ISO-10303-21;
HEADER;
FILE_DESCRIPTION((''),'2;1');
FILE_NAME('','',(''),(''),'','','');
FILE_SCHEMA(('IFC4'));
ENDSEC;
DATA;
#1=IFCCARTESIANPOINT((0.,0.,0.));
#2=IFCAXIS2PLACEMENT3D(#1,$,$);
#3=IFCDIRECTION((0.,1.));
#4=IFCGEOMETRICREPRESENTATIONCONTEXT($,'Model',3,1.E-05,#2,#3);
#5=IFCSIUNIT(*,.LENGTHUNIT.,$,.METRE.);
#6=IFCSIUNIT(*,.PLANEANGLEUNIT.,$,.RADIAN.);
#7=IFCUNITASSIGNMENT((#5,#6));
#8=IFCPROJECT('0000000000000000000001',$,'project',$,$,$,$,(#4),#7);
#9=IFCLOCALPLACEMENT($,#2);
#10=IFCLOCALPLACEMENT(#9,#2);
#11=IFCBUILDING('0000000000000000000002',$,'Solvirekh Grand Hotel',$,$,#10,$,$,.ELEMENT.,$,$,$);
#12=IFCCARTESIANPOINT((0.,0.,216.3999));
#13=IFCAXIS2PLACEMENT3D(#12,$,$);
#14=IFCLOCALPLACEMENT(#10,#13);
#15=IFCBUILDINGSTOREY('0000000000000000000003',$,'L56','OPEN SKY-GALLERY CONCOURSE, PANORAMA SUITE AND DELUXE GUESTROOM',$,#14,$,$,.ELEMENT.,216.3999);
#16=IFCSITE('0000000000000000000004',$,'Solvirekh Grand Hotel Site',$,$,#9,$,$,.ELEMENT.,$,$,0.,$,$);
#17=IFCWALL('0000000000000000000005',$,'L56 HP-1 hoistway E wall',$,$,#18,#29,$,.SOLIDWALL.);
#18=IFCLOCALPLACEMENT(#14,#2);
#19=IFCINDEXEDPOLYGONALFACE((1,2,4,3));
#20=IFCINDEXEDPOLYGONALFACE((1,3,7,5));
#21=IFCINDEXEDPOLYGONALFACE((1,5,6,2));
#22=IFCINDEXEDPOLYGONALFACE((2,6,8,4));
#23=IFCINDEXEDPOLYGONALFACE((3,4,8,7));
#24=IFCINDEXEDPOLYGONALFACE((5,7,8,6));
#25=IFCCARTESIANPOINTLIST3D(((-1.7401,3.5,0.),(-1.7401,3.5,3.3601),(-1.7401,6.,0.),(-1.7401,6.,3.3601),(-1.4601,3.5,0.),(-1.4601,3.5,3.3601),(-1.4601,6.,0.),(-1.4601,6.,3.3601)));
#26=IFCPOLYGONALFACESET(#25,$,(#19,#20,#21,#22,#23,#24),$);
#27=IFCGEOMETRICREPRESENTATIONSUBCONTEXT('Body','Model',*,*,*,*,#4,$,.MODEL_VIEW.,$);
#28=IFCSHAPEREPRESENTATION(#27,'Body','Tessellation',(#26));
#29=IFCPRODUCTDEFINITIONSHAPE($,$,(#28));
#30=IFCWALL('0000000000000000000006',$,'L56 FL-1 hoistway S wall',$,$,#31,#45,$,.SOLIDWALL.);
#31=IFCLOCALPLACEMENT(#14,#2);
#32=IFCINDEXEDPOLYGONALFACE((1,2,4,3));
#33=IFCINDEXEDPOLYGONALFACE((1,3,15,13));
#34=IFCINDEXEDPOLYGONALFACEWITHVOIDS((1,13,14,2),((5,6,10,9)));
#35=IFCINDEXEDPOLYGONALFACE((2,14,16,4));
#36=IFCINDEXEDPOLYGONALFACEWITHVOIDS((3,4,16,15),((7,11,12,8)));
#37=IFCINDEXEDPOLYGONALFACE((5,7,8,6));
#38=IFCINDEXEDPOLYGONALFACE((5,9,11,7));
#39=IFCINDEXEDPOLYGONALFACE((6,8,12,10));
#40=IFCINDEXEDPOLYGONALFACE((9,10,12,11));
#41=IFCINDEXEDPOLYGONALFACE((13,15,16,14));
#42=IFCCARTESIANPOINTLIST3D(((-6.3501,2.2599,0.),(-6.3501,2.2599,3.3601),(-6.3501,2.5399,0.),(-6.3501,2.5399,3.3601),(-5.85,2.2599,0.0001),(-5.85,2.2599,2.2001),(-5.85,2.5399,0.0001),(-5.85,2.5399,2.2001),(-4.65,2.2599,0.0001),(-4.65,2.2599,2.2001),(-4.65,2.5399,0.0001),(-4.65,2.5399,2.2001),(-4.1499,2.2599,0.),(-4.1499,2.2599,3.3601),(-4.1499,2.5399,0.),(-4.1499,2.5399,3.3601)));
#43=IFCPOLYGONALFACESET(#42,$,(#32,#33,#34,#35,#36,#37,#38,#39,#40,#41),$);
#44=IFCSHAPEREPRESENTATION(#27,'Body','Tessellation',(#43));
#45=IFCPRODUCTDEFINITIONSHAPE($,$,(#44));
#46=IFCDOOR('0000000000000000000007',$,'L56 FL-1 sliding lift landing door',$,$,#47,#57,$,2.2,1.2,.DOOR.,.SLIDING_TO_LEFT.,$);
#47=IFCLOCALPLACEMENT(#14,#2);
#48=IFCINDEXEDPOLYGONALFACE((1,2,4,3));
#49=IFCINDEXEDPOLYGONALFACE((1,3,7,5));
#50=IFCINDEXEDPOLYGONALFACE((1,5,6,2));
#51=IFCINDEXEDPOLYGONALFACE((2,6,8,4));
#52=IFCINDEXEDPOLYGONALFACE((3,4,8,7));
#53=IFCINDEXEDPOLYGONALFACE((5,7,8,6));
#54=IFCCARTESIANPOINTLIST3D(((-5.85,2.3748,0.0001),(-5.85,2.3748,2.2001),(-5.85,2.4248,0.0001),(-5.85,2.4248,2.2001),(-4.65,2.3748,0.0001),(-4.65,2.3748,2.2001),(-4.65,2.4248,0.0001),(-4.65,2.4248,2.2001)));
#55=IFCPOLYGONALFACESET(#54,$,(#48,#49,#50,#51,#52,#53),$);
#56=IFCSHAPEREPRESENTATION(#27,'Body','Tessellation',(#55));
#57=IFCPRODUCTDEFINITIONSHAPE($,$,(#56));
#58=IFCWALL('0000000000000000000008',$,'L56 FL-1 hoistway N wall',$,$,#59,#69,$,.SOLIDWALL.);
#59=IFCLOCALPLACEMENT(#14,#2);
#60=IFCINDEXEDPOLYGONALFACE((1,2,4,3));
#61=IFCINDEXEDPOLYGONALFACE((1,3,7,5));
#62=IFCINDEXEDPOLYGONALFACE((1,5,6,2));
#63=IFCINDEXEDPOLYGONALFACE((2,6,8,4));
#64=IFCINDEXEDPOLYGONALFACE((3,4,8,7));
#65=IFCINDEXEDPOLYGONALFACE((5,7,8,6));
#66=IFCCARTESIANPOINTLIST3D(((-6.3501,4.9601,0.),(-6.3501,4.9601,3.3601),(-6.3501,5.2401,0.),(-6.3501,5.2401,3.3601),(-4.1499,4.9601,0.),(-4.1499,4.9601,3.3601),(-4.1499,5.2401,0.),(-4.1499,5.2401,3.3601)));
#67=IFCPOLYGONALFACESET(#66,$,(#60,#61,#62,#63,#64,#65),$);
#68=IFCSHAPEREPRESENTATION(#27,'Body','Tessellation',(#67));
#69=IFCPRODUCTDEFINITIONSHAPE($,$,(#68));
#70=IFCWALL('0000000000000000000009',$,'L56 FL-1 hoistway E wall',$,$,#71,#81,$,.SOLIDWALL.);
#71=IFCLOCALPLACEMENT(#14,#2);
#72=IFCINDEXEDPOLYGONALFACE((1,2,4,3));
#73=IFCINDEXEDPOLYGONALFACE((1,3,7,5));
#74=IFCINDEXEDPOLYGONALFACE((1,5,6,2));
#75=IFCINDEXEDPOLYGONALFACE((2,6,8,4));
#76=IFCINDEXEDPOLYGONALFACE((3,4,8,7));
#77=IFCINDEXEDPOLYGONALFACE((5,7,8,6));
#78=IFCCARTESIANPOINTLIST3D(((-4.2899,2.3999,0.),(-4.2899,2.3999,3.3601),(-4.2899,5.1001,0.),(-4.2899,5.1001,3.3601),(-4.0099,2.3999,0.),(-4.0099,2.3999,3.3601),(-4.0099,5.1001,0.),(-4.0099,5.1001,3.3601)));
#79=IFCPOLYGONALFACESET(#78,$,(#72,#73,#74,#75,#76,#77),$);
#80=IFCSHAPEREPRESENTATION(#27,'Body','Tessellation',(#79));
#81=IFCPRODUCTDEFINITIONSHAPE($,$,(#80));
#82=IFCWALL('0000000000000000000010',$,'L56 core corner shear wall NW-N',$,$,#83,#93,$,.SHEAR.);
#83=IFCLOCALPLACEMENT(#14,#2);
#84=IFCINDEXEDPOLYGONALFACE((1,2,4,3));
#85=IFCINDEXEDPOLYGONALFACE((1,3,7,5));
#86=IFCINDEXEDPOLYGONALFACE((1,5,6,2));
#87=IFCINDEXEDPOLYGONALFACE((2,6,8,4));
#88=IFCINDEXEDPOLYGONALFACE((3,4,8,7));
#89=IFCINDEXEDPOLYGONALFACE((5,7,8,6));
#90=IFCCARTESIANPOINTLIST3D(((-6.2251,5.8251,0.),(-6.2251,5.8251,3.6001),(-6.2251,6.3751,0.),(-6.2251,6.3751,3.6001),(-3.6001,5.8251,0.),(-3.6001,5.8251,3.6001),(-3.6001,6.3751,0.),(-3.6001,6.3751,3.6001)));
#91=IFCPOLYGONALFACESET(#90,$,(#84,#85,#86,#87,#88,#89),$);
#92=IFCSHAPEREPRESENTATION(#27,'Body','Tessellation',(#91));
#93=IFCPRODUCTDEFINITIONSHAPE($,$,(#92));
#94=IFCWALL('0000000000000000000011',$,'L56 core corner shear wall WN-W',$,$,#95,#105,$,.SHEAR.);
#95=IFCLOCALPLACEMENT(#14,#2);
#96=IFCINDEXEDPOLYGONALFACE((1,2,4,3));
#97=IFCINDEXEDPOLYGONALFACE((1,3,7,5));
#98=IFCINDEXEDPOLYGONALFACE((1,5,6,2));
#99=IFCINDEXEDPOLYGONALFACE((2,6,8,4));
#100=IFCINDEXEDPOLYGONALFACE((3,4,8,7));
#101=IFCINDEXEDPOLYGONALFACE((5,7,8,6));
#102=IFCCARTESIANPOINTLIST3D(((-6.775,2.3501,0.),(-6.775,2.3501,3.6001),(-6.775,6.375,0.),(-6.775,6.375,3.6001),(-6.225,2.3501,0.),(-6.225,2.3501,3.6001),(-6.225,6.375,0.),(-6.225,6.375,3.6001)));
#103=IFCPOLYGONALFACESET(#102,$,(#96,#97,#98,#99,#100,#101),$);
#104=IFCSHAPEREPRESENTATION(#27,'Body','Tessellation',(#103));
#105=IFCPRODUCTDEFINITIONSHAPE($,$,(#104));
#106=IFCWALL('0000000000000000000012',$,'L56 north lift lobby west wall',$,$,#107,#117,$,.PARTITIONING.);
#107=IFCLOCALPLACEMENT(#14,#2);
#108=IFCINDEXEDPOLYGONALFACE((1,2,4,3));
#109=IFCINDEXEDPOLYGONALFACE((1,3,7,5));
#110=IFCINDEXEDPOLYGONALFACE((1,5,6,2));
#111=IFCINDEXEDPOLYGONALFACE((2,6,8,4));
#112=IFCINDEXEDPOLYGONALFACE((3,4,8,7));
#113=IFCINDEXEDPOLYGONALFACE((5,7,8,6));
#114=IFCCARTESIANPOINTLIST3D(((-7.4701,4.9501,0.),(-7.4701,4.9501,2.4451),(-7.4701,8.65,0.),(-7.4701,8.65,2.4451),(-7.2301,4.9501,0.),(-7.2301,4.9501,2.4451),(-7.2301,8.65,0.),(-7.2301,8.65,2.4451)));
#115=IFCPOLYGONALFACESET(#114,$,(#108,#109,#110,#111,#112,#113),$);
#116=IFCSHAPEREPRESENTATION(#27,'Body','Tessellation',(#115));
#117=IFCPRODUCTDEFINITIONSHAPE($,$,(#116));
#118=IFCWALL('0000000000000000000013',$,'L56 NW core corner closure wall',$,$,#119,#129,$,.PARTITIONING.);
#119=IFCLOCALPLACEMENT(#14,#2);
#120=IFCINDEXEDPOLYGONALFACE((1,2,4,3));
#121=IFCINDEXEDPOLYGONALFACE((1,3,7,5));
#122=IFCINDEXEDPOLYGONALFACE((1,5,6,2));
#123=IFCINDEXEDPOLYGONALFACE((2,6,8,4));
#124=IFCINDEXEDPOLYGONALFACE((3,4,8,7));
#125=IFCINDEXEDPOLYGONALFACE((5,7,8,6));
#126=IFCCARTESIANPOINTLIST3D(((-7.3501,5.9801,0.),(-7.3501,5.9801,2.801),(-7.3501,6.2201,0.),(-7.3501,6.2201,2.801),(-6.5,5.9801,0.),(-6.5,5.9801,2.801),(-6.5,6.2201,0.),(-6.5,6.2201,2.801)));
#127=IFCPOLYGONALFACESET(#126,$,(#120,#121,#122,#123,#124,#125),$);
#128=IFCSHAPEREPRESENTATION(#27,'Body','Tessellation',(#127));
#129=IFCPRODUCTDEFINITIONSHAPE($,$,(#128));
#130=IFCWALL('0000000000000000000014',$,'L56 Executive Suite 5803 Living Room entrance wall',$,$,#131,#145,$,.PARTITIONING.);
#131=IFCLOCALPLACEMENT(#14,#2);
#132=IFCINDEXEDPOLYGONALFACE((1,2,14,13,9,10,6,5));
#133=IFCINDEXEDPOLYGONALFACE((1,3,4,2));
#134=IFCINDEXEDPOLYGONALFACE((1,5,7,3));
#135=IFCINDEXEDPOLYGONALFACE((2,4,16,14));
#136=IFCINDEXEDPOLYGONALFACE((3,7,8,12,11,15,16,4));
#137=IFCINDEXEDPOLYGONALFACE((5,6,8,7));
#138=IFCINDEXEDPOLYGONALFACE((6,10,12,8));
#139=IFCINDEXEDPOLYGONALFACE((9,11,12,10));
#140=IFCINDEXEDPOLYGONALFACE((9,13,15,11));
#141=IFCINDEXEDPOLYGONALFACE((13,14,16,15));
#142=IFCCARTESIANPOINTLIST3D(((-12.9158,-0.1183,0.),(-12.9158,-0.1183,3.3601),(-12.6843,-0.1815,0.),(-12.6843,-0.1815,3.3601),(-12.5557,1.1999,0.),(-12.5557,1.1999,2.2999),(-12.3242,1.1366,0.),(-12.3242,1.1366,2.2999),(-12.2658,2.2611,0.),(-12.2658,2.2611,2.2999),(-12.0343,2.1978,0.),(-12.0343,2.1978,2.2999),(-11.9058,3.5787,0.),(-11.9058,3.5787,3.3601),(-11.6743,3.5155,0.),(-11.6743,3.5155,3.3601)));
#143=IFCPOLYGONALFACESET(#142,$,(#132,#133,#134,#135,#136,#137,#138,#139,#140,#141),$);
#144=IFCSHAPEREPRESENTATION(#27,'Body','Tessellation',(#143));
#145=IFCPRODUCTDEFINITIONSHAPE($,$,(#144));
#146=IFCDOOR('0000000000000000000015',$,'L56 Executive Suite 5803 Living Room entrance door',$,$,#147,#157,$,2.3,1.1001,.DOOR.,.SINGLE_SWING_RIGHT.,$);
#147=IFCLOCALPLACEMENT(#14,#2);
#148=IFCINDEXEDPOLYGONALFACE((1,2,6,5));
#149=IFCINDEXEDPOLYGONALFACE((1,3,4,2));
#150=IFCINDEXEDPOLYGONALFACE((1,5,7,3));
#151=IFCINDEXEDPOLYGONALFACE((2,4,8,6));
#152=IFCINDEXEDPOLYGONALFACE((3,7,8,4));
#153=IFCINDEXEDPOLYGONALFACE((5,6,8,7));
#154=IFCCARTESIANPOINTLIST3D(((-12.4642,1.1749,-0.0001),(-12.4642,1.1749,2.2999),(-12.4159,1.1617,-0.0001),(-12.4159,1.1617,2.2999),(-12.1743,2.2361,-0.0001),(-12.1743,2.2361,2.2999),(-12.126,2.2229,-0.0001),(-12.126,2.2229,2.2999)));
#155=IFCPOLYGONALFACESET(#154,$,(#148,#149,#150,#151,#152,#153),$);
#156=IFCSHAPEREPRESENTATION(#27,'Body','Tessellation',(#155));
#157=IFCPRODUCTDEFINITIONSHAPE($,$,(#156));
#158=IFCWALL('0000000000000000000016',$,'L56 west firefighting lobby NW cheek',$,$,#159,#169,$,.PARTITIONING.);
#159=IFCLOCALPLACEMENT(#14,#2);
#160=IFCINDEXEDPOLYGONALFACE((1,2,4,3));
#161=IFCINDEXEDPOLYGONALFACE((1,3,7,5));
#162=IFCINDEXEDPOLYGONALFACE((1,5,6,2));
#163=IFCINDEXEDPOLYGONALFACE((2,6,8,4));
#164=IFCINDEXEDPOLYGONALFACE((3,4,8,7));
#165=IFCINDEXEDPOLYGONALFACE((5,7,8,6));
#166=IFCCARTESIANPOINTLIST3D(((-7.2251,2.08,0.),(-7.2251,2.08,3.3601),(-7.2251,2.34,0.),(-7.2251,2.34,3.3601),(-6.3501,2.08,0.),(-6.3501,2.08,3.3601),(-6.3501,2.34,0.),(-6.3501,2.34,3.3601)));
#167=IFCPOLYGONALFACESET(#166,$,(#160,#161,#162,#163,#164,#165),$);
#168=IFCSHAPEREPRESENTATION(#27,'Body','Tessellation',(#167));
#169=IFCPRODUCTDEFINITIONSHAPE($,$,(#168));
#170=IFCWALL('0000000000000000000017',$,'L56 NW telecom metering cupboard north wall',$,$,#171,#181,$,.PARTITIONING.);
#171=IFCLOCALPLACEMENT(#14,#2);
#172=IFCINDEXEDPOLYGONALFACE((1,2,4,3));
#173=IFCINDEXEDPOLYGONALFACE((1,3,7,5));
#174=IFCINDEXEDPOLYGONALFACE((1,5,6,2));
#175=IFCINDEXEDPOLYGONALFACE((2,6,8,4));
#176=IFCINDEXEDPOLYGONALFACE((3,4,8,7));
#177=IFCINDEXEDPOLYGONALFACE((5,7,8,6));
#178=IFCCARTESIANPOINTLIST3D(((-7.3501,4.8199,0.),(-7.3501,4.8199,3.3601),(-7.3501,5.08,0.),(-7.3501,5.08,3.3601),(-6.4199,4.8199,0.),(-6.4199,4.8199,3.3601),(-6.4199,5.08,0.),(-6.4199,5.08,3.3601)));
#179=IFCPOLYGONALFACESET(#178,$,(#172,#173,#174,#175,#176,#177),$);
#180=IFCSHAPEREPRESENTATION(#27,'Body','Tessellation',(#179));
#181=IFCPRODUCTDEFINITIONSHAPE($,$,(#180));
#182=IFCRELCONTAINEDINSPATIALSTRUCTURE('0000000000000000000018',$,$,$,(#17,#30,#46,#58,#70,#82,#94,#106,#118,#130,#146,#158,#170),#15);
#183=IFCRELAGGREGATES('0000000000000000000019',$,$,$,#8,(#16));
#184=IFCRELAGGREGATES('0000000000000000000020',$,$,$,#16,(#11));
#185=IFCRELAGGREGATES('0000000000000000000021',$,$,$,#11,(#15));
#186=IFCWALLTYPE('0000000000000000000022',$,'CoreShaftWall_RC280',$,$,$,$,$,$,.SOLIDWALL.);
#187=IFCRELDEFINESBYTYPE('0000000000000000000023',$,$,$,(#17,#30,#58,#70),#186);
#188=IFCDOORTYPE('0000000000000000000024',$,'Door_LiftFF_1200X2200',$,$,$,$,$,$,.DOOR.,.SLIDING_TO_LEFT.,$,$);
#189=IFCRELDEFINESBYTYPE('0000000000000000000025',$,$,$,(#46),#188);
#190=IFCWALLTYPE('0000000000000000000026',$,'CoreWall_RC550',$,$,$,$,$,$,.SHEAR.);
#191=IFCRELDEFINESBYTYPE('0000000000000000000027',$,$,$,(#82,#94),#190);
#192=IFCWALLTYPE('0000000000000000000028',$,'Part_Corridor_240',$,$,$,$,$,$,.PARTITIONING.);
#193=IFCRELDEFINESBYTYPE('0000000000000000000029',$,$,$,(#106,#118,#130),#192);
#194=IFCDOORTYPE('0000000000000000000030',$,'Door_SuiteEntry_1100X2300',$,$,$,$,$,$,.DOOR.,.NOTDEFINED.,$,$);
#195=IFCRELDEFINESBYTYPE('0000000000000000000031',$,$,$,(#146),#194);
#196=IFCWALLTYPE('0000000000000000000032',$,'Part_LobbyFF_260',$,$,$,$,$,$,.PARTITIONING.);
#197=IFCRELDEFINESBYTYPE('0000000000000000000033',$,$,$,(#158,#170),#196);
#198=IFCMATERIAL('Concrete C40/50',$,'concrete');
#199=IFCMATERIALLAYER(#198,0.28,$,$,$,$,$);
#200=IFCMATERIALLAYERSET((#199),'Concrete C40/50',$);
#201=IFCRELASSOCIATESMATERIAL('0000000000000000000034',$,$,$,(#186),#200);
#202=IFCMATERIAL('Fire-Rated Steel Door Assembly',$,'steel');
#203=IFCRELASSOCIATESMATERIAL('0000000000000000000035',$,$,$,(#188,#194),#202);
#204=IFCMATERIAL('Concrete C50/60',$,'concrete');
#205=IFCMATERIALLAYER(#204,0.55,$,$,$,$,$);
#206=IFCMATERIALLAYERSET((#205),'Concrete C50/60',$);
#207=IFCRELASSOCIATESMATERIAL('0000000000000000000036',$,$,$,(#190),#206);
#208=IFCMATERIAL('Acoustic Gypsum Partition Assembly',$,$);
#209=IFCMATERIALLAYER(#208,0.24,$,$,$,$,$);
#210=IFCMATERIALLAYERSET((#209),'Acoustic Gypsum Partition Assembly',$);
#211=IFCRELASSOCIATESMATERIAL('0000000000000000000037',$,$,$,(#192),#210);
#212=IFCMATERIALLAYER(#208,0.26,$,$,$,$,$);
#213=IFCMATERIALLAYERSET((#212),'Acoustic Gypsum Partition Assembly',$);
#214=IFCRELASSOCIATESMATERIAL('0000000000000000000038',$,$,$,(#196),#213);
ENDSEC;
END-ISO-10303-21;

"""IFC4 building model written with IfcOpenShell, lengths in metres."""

from ifc_helpers import new_model, si_unit, direction, frame, frame_2d, origin, place, context, subcontext, project, spatial, rectangle, extrude, material, layer, layer_set, type_object, element, fill, save


model = new_model("IFC4")

# Units and contexts
model_context = context("Model", 3, precision=1e-05, world=origin(), true_north=direction((0.0, 1.0)))
body_context = subcontext(model_context, "Body", "Model", "MODEL_VIEW")
ifc_project = project(units=[si_unit("LENGTHUNIT", "METRE"), si_unit("PLANEANGLEUNIT", "RADIAN")], contexts=[model_context])

# Site, building, storey
site_placement = place(None, origin())
site = spatial("IfcSite", under=ifc_project, at=site_placement, Name="Solvirekh Grand Hotel Site", CompositionType="ELEMENT", RefElevation=0.0)
building_placement = place(site_placement, origin())
building = spatial("IfcBuilding", under=site, at=building_placement, Name="Solvirekh Grand Hotel", CompositionType="ELEMENT")
storey_placement = place(building_placement, frame((0.0, 0.0, 216.3999)))
storey = spatial("IfcBuildingStorey", under=building, at=storey_placement, Name="L56", Description="OPEN SKY-GALLERY CONCOURSE, PANORAMA SUITE AND DELUXE GUESTROOM", CompositionType="ELEMENT", Elevation=216.3999)

# Shared definitions
ifc_material_1 = material(Name="Concrete C50/60", Category="concrete")

# Shared definitions
ifc_material_2 = material(Name="Concrete C40/50", Category="concrete")
ifc_layer_1 = layer(ifc_material_2, 0.28)
ifc_layer_set_1 = layer_set([ifc_layer_1], Name="Concrete C40/50")
wall_type_1 = type_object("IfcWallType", Name="CoreShaftWall_RC280", PredefinedType="SOLIDWALL", material=ifc_layer_set_1)
ifc_material_3 = material(Name="Fire-Rated Steel Door Assembly", Category="steel")

# Wall
for number, where, z_axis, x_axis, name in (
    (1, (-1.6001, 3.5, 0.0), (0.0, 0.0, 1.0), (0.0, 1.0, 0.0), "L56 HP-1 hoistway E wall"),
):
    element("IfcWall", number, at=place(storey_placement, frame(where, z_axis=z_axis, x_axis=x_axis)), inside=storey, type_object=wall_type_1, Name=name, PredefinedType="SOLIDWALL", context=body_context, shape_type="SweptSolid", body=[
        extrude(rectangle(XDim=2.5, YDim=0.28, at=frame_2d((1.25, 0.0))), origin(), (0.0, 0.0, 1.0), 3.3601),
    ])

# Wall, opening, door
wall_1_placement = place(storey_placement, frame((-6.3501, 2.3999, 0.0), z_axis=(0.0, 0.0, 1.0), x_axis=(1.0, 0.0, 0.0)))
wall_1 = element("IfcWall", 2, at=wall_1_placement, inside=storey, type_object=wall_type_1, Name="L56 FL-1 hoistway S wall", PredefinedType="SOLIDWALL", context=body_context, shape_type="SweptSolid", body=[
    extrude(rectangle(XDim=2.2002, YDim=0.28, at=frame_2d((1.1001, 0.0))), origin(), (0.0, 0.0, 1.0), 3.3601),
])
opening_1_placement = place(wall_1_placement, frame((0.5, 0.0, 0.0)))
opening_1 = element("IfcOpeningElement", 3, at=opening_1_placement, cuts=wall_1, PredefinedType="OPENING", context=body_context, shape_type="SweptSolid", body=[
    extrude(rectangle(XDim=1.2, YDim=2.2, at=frame_2d((0.6001, 1.1001))), frame((0.0, 0.1499, 0.0), z_axis=(0.0, -1.0, 0.0), x_axis=(1.0, 0.0, 0.0)), (0.0, 0.0, 1.0), 0.3),
])
door_type_1 = type_object("IfcDoorType", Name="Door_LiftFF_1200X2200", OperationType="SLIDING_TO_LEFT", PredefinedType="DOOR", material=ifc_material_3)
door_1_placement = place(opening_1_placement, origin())
door_1 = element("IfcDoor", 4, at=door_1_placement, inside=storey, type_object=door_type_1, Name="L56 FL-1 sliding lift landing door", OperationType="SLIDING_TO_LEFT", OverallHeight=2.2, OverallWidth=1.2, PredefinedType="DOOR", context=body_context, shape_type="SweptSolid", body=[
    extrude(rectangle(XDim=1.2, YDim=2.2, at=frame_2d((0.6001, 1.1001))), frame((0.0, 0.0249, 0.0), z_axis=(0.0, -1.0, 0.0), x_axis=(1.0, 0.0, 0.0)), (0.0, 0.0, 1.0), 0.05),
])
fill(opening_1, door_1)

# Walls
wall_2_placement = place(storey_placement, frame((-4.1499, 5.1001, 0.0), z_axis=(0.0, 0.0, 1.0), x_axis=(-1.0, 0.0, 0.0)))
element("IfcWall", 5, at=wall_2_placement, inside=storey, type_object=wall_type_1, Name="L56 FL-1 hoistway N wall", PredefinedType="SOLIDWALL", context=body_context, shape_type="SweptSolid", body=[
    extrude(rectangle(XDim=2.2002, YDim=0.28, at=frame_2d((1.1001, 0.0))), origin(), (0.0, 0.0, 1.0), 3.3601),
])
wall_3_placement = place(storey_placement, frame((-4.1499, 2.3999, 0.0), z_axis=(0.0, 0.0, 1.0), x_axis=(0.0, 1.0, 0.0)))
element("IfcWall", 6, at=wall_3_placement, inside=storey, type_object=wall_type_1, Name="L56 FL-1 hoistway E wall", PredefinedType="SOLIDWALL", context=body_context, shape_type="SweptSolid", body=[
    extrude(rectangle(XDim=2.7002, YDim=0.28, at=frame_2d((1.3501, 0.0))), origin(), (0.0, 0.0, 1.0), 3.3601),
])
ifc_layer_2 = layer(ifc_material_1, 0.55)
ifc_layer_set_2 = layer_set([ifc_layer_2], Name="Concrete C50/60")
wall_type_2 = type_object("IfcWallType", Name="CoreWall_RC550", PredefinedType="SHEAR", material=ifc_layer_set_2)
wall_4_placement = place(storey_placement, frame((-6.2251, 6.1001, 0.0), z_axis=(0.0, 0.0, 1.0), x_axis=(1.0, 0.0, 0.0)))
element("IfcWall", 7, at=wall_4_placement, inside=storey, type_object=wall_type_2, Name="L56 core corner shear wall NW-N", PredefinedType="SHEAR", context=body_context, shape_type="SweptSolid", body=[
    extrude(rectangle(XDim=2.625, YDim=0.55, at=frame_2d((1.3125, 0.0))), origin(), (0.0, 0.0, 1.0), 3.6001),
])
wall_5_placement = place(storey_placement, frame((-6.5, 2.3501, 0.0), z_axis=(0.0, 0.0, 1.0), x_axis=(0.0, 1.0, 0.0)))
element("IfcWall", 8, at=wall_5_placement, inside=storey, type_object=wall_type_2, Name="L56 core corner shear wall WN-W", PredefinedType="SHEAR", context=body_context, shape_type="SweptSolid", body=[
    extrude(rectangle(XDim=4.0249, YDim=0.55, at=frame_2d((2.0125, 0.0))), origin(), (0.0, 0.0, 1.0), 3.6001),
])
ifc_material_4 = material(Name="Acoustic Gypsum Partition Assembly")
ifc_layer_3 = layer(ifc_material_4, 0.24)
ifc_layer_set_3 = layer_set([ifc_layer_3], Name="Acoustic Gypsum Partition Assembly")
wall_type_3 = type_object("IfcWallType", Name="Part_Corridor_240", PredefinedType="PARTITIONING", material=ifc_layer_set_3)
wall_6_placement = place(storey_placement, frame((-7.3501, 4.95, 0.0), z_axis=(0.0, 0.0, 1.0), x_axis=(0.0, 1.0, 0.0)))
element("IfcWall", 9, at=wall_6_placement, inside=storey, type_object=wall_type_3, Name="L56 north lift lobby west wall", PredefinedType="PARTITIONING", context=body_context, shape_type="SweptSolid", body=[
    extrude(rectangle(XDim=3.7, YDim=0.24, at=frame_2d((1.8501, 0.0))), origin(), (0.0, 0.0, 1.0), 2.4451),
])
wall_7_placement = place(storey_placement, frame((-7.3501, 6.1001, 0.0), z_axis=(0.0, 0.0, 1.0), x_axis=(1.0, 0.0, 0.0)))
element("IfcWall", 10, at=wall_7_placement, inside=storey, type_object=wall_type_3, Name="L56 NW core corner closure wall", PredefinedType="PARTITIONING", context=body_context, shape_type="SweptSolid", body=[
    extrude(rectangle(XDim=0.8501, YDim=0.24, at=frame_2d((0.425, 0.0))), origin(), (0.0, 0.0, 1.0), 2.801),
])

# Wall, opening, door
wall_8_placement = place(storey_placement, frame((-11.79, 3.5471, 0.0), z_axis=(0.0, 0.0, 1.0), x_axis=(-0.263538, -0.964649, 0.0)))
wall_8 = element("IfcWall", 11, at=wall_8_placement, inside=storey, type_object=wall_type_3, Name="L56 Executive Suite 5803 Living Room entrance wall", PredefinedType="PARTITIONING", context=body_context, shape_type="SweptSolid", body=[
    extrude(rectangle(XDim=3.8325, YDim=0.24, at=frame_2d((1.9163, 0.0))), origin(), (0.0, 0.0, 1.0), 3.3601),
])
opening_2_placement = place(wall_8_placement, frame((1.366, 0.0, 0.0)))
opening_2 = element("IfcOpeningElement", 12, at=opening_2_placement, cuts=wall_8, PredefinedType="OPENING", context=body_context, shape_type="SweptSolid", body=[
    extrude(rectangle(XDim=1.1001, YDim=2.3, at=frame_2d((0.55, 1.1499))), frame((0.0, 0.1299, 0.0), z_axis=(0.0, -1.0, 0.0), x_axis=(1.0, 0.0, 0.0)), (0.0, 0.0, 1.0), 0.26),
])
door_type_2 = type_object("IfcDoorType", Name="Door_SuiteEntry_1100X2300", OperationType="NOTDEFINED", PredefinedType="DOOR", material=ifc_material_3)
door_2_placement = place(opening_2_placement, origin())
door_2 = element("IfcDoor", 13, at=door_2_placement, inside=storey, type_object=door_type_2, Name="L56 Executive Suite 5803 Living Room entrance door", OperationType="SINGLE_SWING_RIGHT", OverallHeight=2.3, OverallWidth=1.1001, PredefinedType="DOOR", context=body_context, shape_type="SweptSolid", body=[
    extrude(rectangle(XDim=1.1001, YDim=2.3, at=frame_2d((0.55, 1.1499))), frame((0.0, 0.0249, 0.0), z_axis=(0.0, -1.0, 0.0), x_axis=(1.0, 0.0, 0.0)), (0.0, 0.0, 1.0), 0.05),
])
fill(opening_2, door_2)

# Walls
ifc_layer_4 = layer(ifc_material_4, 0.26)
ifc_layer_set_4 = layer_set([ifc_layer_4], Name="Acoustic Gypsum Partition Assembly")
wall_type_4 = type_object("IfcWallType", Name="Part_LobbyFF_260", PredefinedType="PARTITIONING", material=ifc_layer_set_4)
wall_9_placement = place(storey_placement, frame((-7.2251, 2.21, 0.0), z_axis=(0.0, 0.0, 1.0), x_axis=(1.0, 0.0, 0.0)))
element("IfcWall", 14, at=wall_9_placement, inside=storey, type_object=wall_type_4, Name="L56 west firefighting lobby NW cheek", PredefinedType="PARTITIONING", context=body_context, shape_type="SweptSolid", body=[
    extrude(rectangle(XDim=0.875, YDim=0.26, at=frame_2d((0.4375, 0.0))), origin(), (0.0, 0.0, 1.0), 3.3601),
])
for number, where, z_axis, x_axis, name in (
    (15, (-7.3501, 4.95, 0.0), (0.0, 0.0, 1.0), (1.0, 0.0, 0.0), "L56 NW telecom metering cupboard north wall"),
):
    element("IfcWall", number, at=place(storey_placement, frame(where, z_axis=z_axis, x_axis=x_axis)), inside=storey, type_object=wall_type_4, Name=name, PredefinedType="PARTITIONING", context=body_context, shape_type="SweptSolid", body=[
        extrude(rectangle(XDim=0.9302, YDim=0.26, at=frame_2d((0.4651, 0.0))), origin(), (0.0, 0.0, 1.0), 3.3601),
    ])

save(model, "model.ifc")
